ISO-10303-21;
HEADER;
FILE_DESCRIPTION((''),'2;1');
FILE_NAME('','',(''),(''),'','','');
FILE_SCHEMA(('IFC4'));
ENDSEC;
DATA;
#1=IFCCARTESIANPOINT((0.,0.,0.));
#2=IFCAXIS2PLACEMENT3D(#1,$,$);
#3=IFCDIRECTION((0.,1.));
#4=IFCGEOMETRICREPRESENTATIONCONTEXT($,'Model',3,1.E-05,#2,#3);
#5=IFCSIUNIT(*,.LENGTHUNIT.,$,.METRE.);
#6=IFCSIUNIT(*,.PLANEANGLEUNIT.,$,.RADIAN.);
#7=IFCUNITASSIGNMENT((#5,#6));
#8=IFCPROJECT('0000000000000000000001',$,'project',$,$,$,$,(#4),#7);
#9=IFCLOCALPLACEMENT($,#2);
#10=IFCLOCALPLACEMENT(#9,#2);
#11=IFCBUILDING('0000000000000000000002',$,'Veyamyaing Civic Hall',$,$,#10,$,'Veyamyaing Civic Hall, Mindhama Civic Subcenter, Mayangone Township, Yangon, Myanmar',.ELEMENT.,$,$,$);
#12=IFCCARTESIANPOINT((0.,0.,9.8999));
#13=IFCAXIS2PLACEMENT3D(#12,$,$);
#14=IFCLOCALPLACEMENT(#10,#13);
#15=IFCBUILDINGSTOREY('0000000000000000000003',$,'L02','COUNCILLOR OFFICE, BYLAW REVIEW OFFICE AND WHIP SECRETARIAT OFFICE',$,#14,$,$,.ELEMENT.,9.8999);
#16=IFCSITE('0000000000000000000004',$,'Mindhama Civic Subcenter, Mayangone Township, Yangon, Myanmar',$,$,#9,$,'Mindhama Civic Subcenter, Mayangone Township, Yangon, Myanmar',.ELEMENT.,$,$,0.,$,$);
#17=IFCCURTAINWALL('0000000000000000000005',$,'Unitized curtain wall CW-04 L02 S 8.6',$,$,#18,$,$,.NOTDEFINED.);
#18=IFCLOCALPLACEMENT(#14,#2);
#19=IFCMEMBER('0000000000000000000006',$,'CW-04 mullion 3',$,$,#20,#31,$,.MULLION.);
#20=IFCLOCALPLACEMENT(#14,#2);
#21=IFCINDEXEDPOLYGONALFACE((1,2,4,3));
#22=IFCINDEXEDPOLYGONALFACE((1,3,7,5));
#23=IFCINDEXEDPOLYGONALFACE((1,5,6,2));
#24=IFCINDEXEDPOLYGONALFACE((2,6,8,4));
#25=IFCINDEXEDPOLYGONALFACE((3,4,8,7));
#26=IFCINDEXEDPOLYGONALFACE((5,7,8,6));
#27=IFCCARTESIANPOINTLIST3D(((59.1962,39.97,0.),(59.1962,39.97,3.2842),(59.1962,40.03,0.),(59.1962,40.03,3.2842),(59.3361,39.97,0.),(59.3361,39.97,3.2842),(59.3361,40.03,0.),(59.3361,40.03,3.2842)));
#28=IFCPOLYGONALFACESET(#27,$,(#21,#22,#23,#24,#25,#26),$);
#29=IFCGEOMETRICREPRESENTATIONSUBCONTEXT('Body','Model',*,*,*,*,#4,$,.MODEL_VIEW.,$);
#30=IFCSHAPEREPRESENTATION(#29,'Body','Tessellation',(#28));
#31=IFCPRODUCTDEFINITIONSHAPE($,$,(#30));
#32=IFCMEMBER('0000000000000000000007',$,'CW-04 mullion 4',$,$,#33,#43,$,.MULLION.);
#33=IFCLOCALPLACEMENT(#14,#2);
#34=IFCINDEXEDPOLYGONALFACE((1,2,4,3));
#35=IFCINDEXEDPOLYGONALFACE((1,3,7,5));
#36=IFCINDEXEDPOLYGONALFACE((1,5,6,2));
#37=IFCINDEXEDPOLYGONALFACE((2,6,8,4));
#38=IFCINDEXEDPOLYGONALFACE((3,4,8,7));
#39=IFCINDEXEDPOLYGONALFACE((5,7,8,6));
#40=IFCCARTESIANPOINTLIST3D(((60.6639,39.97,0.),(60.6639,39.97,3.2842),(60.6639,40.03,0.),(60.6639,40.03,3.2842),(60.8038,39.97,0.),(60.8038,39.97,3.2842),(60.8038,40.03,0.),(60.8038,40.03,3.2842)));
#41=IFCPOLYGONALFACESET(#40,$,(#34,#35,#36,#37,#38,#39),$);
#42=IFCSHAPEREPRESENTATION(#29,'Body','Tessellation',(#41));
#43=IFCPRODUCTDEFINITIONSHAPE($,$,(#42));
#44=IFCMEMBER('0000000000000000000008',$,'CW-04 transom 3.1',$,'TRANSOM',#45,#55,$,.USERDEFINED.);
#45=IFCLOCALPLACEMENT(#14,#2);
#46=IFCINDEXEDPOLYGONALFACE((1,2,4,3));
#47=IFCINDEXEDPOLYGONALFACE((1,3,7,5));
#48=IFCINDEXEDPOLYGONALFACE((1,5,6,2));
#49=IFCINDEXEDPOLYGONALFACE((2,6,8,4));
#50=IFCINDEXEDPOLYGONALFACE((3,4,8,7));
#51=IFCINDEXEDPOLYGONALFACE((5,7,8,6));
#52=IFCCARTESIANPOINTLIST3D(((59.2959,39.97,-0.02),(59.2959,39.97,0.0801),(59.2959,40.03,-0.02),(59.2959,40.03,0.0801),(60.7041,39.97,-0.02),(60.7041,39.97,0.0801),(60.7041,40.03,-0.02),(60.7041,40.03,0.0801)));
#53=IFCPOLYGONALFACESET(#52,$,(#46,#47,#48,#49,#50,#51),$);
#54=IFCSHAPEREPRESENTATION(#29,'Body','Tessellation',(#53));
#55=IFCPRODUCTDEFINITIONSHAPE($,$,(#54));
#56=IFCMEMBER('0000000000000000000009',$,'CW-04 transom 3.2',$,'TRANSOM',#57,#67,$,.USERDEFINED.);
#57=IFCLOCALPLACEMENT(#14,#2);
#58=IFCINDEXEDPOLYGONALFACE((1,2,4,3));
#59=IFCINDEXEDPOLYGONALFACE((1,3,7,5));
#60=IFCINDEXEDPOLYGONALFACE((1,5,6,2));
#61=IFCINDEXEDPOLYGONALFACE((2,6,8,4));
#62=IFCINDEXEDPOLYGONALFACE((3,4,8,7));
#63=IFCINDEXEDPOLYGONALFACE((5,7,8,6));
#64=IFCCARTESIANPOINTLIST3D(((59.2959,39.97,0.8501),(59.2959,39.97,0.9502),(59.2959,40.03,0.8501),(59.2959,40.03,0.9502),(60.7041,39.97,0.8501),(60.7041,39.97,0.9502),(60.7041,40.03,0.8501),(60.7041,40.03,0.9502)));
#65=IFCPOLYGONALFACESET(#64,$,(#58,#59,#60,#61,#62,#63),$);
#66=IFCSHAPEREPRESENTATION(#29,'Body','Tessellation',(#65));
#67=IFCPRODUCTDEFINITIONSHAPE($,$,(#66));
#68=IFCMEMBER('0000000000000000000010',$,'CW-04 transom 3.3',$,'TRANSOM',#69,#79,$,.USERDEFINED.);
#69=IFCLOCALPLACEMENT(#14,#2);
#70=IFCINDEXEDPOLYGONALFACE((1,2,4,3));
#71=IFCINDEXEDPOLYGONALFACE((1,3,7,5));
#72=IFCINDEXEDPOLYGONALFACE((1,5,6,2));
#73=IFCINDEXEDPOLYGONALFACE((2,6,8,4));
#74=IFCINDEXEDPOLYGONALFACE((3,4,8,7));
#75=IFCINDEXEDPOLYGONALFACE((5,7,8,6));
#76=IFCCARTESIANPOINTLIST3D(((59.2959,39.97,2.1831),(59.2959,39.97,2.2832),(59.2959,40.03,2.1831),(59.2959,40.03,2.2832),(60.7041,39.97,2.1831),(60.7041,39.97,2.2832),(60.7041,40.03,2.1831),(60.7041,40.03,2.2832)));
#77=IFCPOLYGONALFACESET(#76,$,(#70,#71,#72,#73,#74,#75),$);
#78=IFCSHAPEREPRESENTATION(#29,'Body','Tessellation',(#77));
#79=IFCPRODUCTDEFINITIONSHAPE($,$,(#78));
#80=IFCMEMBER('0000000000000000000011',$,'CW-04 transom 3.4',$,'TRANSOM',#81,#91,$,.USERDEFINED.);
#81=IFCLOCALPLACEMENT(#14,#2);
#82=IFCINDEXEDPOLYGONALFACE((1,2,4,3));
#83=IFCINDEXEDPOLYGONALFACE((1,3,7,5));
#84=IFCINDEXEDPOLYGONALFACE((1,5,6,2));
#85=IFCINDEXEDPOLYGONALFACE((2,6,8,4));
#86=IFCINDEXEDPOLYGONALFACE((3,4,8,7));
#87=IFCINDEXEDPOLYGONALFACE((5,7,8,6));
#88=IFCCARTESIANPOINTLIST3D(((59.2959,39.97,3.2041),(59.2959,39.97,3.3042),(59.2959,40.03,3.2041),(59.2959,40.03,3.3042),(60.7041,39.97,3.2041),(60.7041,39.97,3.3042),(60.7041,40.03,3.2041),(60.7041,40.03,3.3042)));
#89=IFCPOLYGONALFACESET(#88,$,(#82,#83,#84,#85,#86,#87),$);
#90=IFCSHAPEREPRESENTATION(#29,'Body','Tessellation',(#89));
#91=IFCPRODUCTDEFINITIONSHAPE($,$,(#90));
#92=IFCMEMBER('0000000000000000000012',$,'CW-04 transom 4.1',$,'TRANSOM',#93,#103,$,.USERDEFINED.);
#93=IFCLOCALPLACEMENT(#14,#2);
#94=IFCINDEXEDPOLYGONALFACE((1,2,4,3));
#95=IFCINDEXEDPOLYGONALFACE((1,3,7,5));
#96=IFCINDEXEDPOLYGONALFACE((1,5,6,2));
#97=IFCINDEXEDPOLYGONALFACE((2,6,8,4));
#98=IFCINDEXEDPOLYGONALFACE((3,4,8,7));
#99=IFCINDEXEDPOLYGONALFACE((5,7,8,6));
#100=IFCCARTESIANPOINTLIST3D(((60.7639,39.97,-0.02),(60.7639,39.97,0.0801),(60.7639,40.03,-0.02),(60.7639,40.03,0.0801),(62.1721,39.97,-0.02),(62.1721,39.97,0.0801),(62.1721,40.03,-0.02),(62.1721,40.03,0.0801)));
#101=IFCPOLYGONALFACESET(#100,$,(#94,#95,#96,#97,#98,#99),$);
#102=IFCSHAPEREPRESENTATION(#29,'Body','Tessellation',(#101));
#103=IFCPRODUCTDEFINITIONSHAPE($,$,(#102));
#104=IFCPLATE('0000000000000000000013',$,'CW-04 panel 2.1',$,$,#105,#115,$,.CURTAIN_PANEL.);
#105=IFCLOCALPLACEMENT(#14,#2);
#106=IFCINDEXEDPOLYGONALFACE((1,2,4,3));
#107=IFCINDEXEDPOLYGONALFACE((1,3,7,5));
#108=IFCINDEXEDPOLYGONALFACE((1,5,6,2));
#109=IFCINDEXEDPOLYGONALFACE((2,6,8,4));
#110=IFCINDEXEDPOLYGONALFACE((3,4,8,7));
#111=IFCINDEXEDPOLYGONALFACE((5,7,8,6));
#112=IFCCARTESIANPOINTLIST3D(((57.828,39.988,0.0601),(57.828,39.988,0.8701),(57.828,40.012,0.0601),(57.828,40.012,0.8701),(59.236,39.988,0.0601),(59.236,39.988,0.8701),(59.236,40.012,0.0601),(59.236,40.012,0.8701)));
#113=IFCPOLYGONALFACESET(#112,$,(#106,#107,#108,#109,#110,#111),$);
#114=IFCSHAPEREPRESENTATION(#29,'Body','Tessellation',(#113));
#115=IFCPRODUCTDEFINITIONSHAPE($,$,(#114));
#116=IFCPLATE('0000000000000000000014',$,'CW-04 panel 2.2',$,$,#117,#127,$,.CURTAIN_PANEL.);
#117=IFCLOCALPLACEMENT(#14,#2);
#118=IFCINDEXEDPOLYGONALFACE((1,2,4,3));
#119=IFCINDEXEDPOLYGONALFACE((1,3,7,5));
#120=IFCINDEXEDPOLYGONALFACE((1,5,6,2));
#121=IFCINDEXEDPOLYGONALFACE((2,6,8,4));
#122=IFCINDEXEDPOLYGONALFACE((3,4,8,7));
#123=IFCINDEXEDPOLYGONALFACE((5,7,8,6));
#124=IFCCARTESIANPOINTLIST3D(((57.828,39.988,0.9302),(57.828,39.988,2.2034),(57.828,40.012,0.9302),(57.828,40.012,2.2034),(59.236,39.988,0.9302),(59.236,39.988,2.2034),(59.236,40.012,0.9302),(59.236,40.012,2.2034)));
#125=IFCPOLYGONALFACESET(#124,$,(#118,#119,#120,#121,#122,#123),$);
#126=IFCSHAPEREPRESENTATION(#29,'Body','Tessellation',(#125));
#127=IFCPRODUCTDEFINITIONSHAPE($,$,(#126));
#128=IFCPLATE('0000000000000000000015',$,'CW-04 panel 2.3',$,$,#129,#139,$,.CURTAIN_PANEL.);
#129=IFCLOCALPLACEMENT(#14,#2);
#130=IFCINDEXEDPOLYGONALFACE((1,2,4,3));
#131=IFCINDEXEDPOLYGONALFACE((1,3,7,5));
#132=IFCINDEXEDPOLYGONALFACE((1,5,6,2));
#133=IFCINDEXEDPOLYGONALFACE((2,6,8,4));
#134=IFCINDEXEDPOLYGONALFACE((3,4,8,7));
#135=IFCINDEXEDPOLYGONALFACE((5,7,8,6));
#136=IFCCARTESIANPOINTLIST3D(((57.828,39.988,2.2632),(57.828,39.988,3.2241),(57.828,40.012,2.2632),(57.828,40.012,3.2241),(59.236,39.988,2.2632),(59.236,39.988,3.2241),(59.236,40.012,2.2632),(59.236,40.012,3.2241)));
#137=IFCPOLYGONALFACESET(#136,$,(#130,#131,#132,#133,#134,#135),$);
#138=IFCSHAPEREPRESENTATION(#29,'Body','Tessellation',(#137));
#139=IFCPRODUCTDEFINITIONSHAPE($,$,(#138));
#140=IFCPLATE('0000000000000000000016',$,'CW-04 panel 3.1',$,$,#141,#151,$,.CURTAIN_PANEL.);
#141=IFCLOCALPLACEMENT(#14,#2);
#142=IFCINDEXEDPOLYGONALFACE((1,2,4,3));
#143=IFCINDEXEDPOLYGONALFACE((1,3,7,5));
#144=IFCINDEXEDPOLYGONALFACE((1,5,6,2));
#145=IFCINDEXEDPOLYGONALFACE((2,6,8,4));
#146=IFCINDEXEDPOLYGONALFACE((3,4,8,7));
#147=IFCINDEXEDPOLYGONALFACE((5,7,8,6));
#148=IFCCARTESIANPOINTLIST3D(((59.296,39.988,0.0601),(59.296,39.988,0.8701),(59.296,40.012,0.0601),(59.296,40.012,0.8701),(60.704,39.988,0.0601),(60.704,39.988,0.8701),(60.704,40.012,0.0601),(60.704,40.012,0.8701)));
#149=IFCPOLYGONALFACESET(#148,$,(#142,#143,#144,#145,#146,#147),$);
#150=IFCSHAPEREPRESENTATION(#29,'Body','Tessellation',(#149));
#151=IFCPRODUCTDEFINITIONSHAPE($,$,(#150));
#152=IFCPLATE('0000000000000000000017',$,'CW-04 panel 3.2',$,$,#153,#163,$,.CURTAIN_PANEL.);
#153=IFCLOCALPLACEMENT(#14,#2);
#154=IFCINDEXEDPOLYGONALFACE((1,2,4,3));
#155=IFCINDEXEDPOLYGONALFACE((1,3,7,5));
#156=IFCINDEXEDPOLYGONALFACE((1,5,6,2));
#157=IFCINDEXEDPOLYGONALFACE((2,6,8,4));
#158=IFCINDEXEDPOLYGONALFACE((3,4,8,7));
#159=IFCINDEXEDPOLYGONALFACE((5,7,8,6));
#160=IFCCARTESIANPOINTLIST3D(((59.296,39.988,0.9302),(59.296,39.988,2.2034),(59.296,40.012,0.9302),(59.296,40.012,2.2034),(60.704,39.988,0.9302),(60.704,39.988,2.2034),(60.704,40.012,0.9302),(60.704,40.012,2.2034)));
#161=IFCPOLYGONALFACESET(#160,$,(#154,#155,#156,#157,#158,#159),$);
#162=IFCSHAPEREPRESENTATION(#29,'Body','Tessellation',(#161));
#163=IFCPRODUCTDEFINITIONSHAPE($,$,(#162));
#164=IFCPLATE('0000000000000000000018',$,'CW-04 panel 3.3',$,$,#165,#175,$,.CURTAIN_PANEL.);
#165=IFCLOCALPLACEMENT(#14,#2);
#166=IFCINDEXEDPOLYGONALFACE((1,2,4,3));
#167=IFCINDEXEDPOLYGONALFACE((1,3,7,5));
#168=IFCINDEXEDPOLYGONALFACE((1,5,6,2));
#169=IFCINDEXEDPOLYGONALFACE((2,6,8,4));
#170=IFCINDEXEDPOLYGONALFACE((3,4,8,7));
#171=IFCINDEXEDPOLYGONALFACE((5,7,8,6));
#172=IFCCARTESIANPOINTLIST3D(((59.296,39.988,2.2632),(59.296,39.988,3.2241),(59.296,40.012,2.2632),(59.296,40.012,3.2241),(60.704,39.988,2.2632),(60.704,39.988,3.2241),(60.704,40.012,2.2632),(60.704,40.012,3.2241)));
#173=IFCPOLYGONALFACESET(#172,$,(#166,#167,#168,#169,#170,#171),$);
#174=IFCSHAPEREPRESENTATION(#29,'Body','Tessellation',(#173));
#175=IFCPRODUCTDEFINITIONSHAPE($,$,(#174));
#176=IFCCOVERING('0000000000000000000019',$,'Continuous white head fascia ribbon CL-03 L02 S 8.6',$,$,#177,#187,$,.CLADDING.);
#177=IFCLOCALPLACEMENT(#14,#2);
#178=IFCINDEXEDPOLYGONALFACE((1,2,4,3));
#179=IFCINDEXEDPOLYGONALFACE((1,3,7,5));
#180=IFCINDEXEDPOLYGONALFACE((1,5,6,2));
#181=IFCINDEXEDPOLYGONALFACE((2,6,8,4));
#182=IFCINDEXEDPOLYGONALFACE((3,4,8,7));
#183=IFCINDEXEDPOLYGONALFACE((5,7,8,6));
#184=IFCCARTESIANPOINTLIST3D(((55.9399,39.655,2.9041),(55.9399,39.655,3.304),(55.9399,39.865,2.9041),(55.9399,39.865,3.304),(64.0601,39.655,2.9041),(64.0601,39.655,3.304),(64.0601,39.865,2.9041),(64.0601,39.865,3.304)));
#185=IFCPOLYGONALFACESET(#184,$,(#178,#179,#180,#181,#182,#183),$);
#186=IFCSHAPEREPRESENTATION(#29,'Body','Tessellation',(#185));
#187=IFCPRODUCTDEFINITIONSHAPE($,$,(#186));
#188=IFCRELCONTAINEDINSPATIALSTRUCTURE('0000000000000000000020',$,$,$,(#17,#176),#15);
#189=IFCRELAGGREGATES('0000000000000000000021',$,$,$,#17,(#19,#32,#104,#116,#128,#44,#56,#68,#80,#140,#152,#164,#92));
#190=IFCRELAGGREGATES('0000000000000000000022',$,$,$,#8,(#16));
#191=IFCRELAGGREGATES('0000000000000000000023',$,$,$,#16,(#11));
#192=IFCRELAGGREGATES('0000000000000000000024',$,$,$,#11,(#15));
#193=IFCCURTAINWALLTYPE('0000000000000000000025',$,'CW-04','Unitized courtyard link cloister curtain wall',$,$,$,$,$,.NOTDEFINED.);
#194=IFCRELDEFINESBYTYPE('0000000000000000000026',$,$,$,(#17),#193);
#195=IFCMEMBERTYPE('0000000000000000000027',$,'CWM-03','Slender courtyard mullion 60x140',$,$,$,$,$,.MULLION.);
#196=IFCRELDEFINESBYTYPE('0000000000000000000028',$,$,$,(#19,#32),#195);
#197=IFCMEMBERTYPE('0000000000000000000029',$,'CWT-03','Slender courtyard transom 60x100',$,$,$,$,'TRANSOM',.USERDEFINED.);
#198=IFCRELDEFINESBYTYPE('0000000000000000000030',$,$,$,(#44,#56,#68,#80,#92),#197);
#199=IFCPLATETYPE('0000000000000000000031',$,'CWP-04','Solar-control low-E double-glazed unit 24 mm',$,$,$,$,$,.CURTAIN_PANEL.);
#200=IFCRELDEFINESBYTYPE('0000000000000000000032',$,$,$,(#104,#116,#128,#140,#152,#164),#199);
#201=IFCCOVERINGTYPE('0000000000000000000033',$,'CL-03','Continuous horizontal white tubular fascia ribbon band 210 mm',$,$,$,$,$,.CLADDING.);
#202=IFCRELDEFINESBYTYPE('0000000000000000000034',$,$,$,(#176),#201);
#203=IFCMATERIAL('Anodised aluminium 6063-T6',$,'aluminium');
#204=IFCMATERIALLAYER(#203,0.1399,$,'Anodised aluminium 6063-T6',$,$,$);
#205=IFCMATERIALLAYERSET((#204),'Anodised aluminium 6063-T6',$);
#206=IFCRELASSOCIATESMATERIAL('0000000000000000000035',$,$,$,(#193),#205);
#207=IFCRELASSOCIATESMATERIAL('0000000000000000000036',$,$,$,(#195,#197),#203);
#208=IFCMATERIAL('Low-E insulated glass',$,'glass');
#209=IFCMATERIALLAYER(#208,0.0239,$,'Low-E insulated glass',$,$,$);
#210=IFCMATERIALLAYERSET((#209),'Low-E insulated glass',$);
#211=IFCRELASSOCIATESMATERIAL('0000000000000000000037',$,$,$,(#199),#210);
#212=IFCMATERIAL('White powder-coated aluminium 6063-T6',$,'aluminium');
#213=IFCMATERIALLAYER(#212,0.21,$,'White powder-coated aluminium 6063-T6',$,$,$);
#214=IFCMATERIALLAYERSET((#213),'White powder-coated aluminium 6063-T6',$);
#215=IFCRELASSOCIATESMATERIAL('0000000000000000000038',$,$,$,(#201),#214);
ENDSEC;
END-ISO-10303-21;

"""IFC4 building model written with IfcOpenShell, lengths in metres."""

from ifc_helpers import new_model, si_unit, direction, frame, origin, origin_2d, place, context, subcontext, project, spatial, rectangle, extrude, material, layer, layer_set, material_profile, profile_set, type_object, element, aggregate, save


model = new_model("IFC4")

# Units and contexts
model_context = context("Model", 3, precision=1e-05, world=origin(), true_north=direction((0.0, 1.0)))
body_context = subcontext(model_context, "Body", "Model", "MODEL_VIEW")
ifc_project = project(units=[si_unit("LENGTHUNIT", "METRE"), si_unit("PLANEANGLEUNIT", "RADIAN")], contexts=[model_context])

# Site, building, storey
site_placement = place(None, origin())
site = spatial("IfcSite", under=ifc_project, at=site_placement, Name="Mindhama Civic Subcenter, Mayangone Township, Yangon, Myanmar", LongName="Mindhama Civic Subcenter, Mayangone Township, Yangon, Myanmar", CompositionType="ELEMENT", RefElevation=0.0)
building_placement = place(site_placement, origin())
building = spatial("IfcBuilding", under=site, at=building_placement, Name="Veyamyaing Civic Hall", LongName="Veyamyaing Civic Hall, Mindhama Civic Subcenter, Mayangone Township, Yangon, Myanmar", CompositionType="ELEMENT")
storey_placement = place(building_placement, frame((0.0, 0.0, 9.8999)))
storey = spatial("IfcBuildingStorey", under=building, at=storey_placement, Name="L02", Description="COUNCILLOR OFFICE, BYLAW REVIEW OFFICE AND WHIP SECRETARIAT OFFICE", CompositionType="ELEMENT", Elevation=9.8999)

# Curtain wall, members, plates
ifc_material_1 = material(Name="Anodised aluminium 6063-T6", Category="aluminium")
ifc_layer_1 = layer(ifc_material_1, 0.1399, Name="Anodised aluminium 6063-T6")
ifc_layer_set_1 = layer_set([ifc_layer_1], Name="Anodised aluminium 6063-T6")
curtain_wall_type = type_object("IfcCurtainWallType", Name="CW-04", Description="Unitized courtyard link cloister curtain wall", PredefinedType="NOTDEFINED", material=ifc_layer_set_1)
curtain_wall_placement = place(storey_placement, origin())
curtain_wall = element("IfcCurtainWall", 1, at=curtain_wall_placement, inside=storey, type_object=curtain_wall_type, Name="Unitized curtain wall CW-04 L02 S 8.6", PredefinedType="NOTDEFINED")
ifc_material_profile_1 = material_profile(ifc_material_1, rectangle(XDim=0.0601, YDim=0.1399, at=origin_2d()), Name="ALU-MUL-60X140")
ifc_profile_set_1 = profile_set([ifc_material_profile_1], Name="Anodised aluminium 6063-T6")
member_type_1 = type_object("IfcMemberType", Name="CWM-03", Description="Slender courtyard mullion 60x140", PredefinedType="MULLION", material=ifc_profile_set_1)
member_1_placement = place(storey_placement, frame((59.2661, 40.0, 0.0), z_axis=(0.0, 0.0, 1.0), x_axis=(0.0, 1.0, 0.0)))
member_1 = element("IfcMember", 2, at=member_1_placement, type_object=member_type_1, Name="CW-04 mullion 3", PredefinedType="MULLION", context=body_context, shape_type="SweptSolid", body=[
    extrude(rectangle(XDim=0.0601, YDim=0.1399, at=origin_2d()), origin(), (0.0, 0.0, 1.0), 3.2842),
])
member_2_placement = place(storey_placement, frame((60.7339, 40.0, 0.0), z_axis=(0.0, 0.0, 1.0), x_axis=(0.0, 1.0, 0.0)))
member_2 = element("IfcMember", 3, at=member_2_placement, type_object=member_type_1, Name="CW-04 mullion 4", PredefinedType="MULLION", context=body_context, shape_type="SweptSolid", body=[
    extrude(rectangle(XDim=0.0601, YDim=0.1399, at=origin_2d()), origin(), (0.0, 0.0, 1.0), 3.2842),
])
ifc_material_profile_2 = material_profile(ifc_material_1, rectangle(XDim=0.0601, YDim=0.1001, at=origin_2d()), Name="ALU-TRN-60X100")
ifc_profile_set_2 = profile_set([ifc_material_profile_2], Name="Anodised aluminium 6063-T6")
member_type_2 = type_object("IfcMemberType", Name="CWT-03", Description="Slender courtyard transom 60x100", ElementType="TRANSOM", PredefinedType="USERDEFINED", material=ifc_profile_set_2)
member_3_placement = place(storey_placement, frame((59.2959, 40.0, 0.03), z_axis=(1.0, 0.0, 0.0), x_axis=(0.0, 1.0, 0.0)))
member_3 = element("IfcMember", 4, at=member_3_placement, type_object=member_type_2, Name="CW-04 transom 3.1", ObjectType="TRANSOM", PredefinedType="USERDEFINED", context=body_context, shape_type="SweptSolid", body=[
    extrude(rectangle(XDim=0.0601, YDim=0.1001, at=origin_2d()), origin(), (0.0, 0.0, 1.0), 1.4082),
])
member_4_placement = place(storey_placement, frame((59.2959, 40.0, 0.9001), z_axis=(1.0, 0.0, 0.0), x_axis=(0.0, 1.0, 0.0)))
member_4 = element("IfcMember", 5, at=member_4_placement, type_object=member_type_2, Name="CW-04 transom 3.2", ObjectType="TRANSOM", PredefinedType="USERDEFINED", context=body_context, shape_type="SweptSolid", body=[
    extrude(rectangle(XDim=0.0601, YDim=0.1001, at=origin_2d()), origin(), (0.0, 0.0, 1.0), 1.4082),
])
member_5_placement = place(storey_placement, frame((59.2959, 40.0, 2.2332), z_axis=(1.0, 0.0, 0.0), x_axis=(0.0, 1.0, 0.0)))
member_5 = element("IfcMember", 6, at=member_5_placement, type_object=member_type_2, Name="CW-04 transom 3.3", ObjectType="TRANSOM", PredefinedType="USERDEFINED", context=body_context, shape_type="SweptSolid", body=[
    extrude(rectangle(XDim=0.0601, YDim=0.1001, at=origin_2d()), origin(), (0.0, 0.0, 1.0), 1.4082),
])
member_6_placement = place(storey_placement, frame((59.2959, 40.0, 3.2542), z_axis=(1.0, 0.0, 0.0), x_axis=(0.0, 1.0, 0.0)))
member_6 = element("IfcMember", 7, at=member_6_placement, type_object=member_type_2, Name="CW-04 transom 3.4", ObjectType="TRANSOM", PredefinedType="USERDEFINED", context=body_context, shape_type="SweptSolid", body=[
    extrude(rectangle(XDim=0.0601, YDim=0.1001, at=origin_2d()), origin(), (0.0, 0.0, 1.0), 1.4082),
])
member_7_placement = place(storey_placement, frame((60.7639, 40.0, 0.03), z_axis=(1.0, 0.0, 0.0), x_axis=(0.0, 1.0, 0.0)))
member_7 = element("IfcMember", 8, at=member_7_placement, type_object=member_type_2, Name="CW-04 transom 4.1", ObjectType="TRANSOM", PredefinedType="USERDEFINED", context=body_context, shape_type="SweptSolid", body=[
    extrude(rectangle(XDim=0.0601, YDim=0.1001, at=origin_2d()), origin(), (0.0, 0.0, 1.0), 1.4082),
])
ifc_material_2 = material(Name="Low-E insulated glass", Category="glass")
ifc_layer_2 = layer(ifc_material_2, 0.0239, Name="Low-E insulated glass")
ifc_layer_set_2 = layer_set([ifc_layer_2], Name="Low-E insulated glass")
plate_type = type_object("IfcPlateType", Name="CWP-04", Description="Solar-control low-E double-glazed unit 24 mm", PredefinedType="CURTAIN_PANEL", material=ifc_layer_set_2)
plate_1_placement = place(storey_placement, frame((58.532, 40.0, 0.0601), z_axis=(0.0, 0.0, 1.0), x_axis=(1.0, 0.0, 0.0)))
plate_1 = element("IfcPlate", 9, at=plate_1_placement, type_object=plate_type, Name="CW-04 panel 2.1", PredefinedType="CURTAIN_PANEL", context=body_context, shape_type="SweptSolid", body=[
    extrude(rectangle(XDim=1.408, YDim=0.0239, at=origin_2d()), origin(), (0.0, 0.0, 1.0), 0.8101),
])
plate_2_placement = place(storey_placement, frame((58.532, 40.0, 0.9302), z_axis=(0.0, 0.0, 1.0), x_axis=(1.0, 0.0, 0.0)))
plate_2 = element("IfcPlate", 10, at=plate_2_placement, type_object=plate_type, Name="CW-04 panel 2.2", PredefinedType="CURTAIN_PANEL", context=body_context, shape_type="SweptSolid", body=[
    extrude(rectangle(XDim=1.408, YDim=0.0239, at=origin_2d()), origin(), (0.0, 0.0, 1.0), 1.2732),
])
plate_3_placement = place(storey_placement, frame((58.532, 40.0, 2.2632), z_axis=(0.0, 0.0, 1.0), x_axis=(1.0, 0.0, 0.0)))
plate_3 = element("IfcPlate", 11, at=plate_3_placement, type_object=plate_type, Name="CW-04 panel 2.3", PredefinedType="CURTAIN_PANEL", context=body_context, shape_type="SweptSolid", body=[
    extrude(rectangle(XDim=1.408, YDim=0.0239, at=origin_2d()), origin(), (0.0, 0.0, 1.0), 0.9609),
])
plate_4_placement = place(storey_placement, frame((60.0, 40.0, 0.0601), z_axis=(0.0, 0.0, 1.0), x_axis=(1.0, 0.0, 0.0)))
plate_4 = element("IfcPlate", 12, at=plate_4_placement, type_object=plate_type, Name="CW-04 panel 3.1", PredefinedType="CURTAIN_PANEL", context=body_context, shape_type="SweptSolid", body=[
    extrude(rectangle(XDim=1.408, YDim=0.0239, at=origin_2d()), origin(), (0.0, 0.0, 1.0), 0.8101),
])
plate_5_placement = place(storey_placement, frame((60.0, 40.0, 0.9302), z_axis=(0.0, 0.0, 1.0), x_axis=(1.0, 0.0, 0.0)))
plate_5 = element("IfcPlate", 13, at=plate_5_placement, type_object=plate_type, Name="CW-04 panel 3.2", PredefinedType="CURTAIN_PANEL", context=body_context, shape_type="SweptSolid", body=[
    extrude(rectangle(XDim=1.408, YDim=0.0239, at=origin_2d()), origin(), (0.0, 0.0, 1.0), 1.2732),
])
plate_6_placement = place(storey_placement, frame((60.0, 40.0, 2.2632), z_axis=(0.0, 0.0, 1.0), x_axis=(1.0, 0.0, 0.0)))
plate_6 = element("IfcPlate", 14, at=plate_6_placement, type_object=plate_type, Name="CW-04 panel 3.3", PredefinedType="CURTAIN_PANEL", context=body_context, shape_type="SweptSolid", body=[
    extrude(rectangle(XDim=1.408, YDim=0.0239, at=origin_2d()), origin(), (0.0, 0.0, 1.0), 0.9609),
])
aggregate(curtain_wall, [member_1, member_2, plate_1, plate_2, plate_3, member_3, member_4, member_5, member_6, plate_4, plate_5, plate_6, member_7])

# Covering
ifc_material_3 = material(Name="White powder-coated aluminium 6063-T6", Category="aluminium")
ifc_layer_3 = layer(ifc_material_3, 0.21, Name="White powder-coated aluminium 6063-T6")
ifc_layer_set_3 = layer_set([ifc_layer_3], Name="White powder-coated aluminium 6063-T6")
covering_type = type_object("IfcCoveringType", Name="CL-03", Description="Continuous horizontal white tubular fascia ribbon band 210 mm", PredefinedType="CLADDING", material=ifc_layer_set_3)
for number, where, z_axis, x_axis, name in (
    (15, (60.0, 39.76, 2.9041), (0.0, 0.0, 1.0), (1.0, 0.0, 0.0), "Continuous white head fascia ribbon CL-03 L02 S 8.6"),
):
    element("IfcCovering", number, at=place(storey_placement, frame(where, z_axis=z_axis, x_axis=x_axis)), inside=storey, type_object=covering_type, Name=name, PredefinedType="CLADDING", context=body_context, shape_type="SweptSolid", body=[
        extrude(rectangle(XDim=8.1201, YDim=0.21, at=origin_2d()), origin(), (0.0, 0.0, 1.0), 0.3999),
    ])

save(model, "model.ifc")
